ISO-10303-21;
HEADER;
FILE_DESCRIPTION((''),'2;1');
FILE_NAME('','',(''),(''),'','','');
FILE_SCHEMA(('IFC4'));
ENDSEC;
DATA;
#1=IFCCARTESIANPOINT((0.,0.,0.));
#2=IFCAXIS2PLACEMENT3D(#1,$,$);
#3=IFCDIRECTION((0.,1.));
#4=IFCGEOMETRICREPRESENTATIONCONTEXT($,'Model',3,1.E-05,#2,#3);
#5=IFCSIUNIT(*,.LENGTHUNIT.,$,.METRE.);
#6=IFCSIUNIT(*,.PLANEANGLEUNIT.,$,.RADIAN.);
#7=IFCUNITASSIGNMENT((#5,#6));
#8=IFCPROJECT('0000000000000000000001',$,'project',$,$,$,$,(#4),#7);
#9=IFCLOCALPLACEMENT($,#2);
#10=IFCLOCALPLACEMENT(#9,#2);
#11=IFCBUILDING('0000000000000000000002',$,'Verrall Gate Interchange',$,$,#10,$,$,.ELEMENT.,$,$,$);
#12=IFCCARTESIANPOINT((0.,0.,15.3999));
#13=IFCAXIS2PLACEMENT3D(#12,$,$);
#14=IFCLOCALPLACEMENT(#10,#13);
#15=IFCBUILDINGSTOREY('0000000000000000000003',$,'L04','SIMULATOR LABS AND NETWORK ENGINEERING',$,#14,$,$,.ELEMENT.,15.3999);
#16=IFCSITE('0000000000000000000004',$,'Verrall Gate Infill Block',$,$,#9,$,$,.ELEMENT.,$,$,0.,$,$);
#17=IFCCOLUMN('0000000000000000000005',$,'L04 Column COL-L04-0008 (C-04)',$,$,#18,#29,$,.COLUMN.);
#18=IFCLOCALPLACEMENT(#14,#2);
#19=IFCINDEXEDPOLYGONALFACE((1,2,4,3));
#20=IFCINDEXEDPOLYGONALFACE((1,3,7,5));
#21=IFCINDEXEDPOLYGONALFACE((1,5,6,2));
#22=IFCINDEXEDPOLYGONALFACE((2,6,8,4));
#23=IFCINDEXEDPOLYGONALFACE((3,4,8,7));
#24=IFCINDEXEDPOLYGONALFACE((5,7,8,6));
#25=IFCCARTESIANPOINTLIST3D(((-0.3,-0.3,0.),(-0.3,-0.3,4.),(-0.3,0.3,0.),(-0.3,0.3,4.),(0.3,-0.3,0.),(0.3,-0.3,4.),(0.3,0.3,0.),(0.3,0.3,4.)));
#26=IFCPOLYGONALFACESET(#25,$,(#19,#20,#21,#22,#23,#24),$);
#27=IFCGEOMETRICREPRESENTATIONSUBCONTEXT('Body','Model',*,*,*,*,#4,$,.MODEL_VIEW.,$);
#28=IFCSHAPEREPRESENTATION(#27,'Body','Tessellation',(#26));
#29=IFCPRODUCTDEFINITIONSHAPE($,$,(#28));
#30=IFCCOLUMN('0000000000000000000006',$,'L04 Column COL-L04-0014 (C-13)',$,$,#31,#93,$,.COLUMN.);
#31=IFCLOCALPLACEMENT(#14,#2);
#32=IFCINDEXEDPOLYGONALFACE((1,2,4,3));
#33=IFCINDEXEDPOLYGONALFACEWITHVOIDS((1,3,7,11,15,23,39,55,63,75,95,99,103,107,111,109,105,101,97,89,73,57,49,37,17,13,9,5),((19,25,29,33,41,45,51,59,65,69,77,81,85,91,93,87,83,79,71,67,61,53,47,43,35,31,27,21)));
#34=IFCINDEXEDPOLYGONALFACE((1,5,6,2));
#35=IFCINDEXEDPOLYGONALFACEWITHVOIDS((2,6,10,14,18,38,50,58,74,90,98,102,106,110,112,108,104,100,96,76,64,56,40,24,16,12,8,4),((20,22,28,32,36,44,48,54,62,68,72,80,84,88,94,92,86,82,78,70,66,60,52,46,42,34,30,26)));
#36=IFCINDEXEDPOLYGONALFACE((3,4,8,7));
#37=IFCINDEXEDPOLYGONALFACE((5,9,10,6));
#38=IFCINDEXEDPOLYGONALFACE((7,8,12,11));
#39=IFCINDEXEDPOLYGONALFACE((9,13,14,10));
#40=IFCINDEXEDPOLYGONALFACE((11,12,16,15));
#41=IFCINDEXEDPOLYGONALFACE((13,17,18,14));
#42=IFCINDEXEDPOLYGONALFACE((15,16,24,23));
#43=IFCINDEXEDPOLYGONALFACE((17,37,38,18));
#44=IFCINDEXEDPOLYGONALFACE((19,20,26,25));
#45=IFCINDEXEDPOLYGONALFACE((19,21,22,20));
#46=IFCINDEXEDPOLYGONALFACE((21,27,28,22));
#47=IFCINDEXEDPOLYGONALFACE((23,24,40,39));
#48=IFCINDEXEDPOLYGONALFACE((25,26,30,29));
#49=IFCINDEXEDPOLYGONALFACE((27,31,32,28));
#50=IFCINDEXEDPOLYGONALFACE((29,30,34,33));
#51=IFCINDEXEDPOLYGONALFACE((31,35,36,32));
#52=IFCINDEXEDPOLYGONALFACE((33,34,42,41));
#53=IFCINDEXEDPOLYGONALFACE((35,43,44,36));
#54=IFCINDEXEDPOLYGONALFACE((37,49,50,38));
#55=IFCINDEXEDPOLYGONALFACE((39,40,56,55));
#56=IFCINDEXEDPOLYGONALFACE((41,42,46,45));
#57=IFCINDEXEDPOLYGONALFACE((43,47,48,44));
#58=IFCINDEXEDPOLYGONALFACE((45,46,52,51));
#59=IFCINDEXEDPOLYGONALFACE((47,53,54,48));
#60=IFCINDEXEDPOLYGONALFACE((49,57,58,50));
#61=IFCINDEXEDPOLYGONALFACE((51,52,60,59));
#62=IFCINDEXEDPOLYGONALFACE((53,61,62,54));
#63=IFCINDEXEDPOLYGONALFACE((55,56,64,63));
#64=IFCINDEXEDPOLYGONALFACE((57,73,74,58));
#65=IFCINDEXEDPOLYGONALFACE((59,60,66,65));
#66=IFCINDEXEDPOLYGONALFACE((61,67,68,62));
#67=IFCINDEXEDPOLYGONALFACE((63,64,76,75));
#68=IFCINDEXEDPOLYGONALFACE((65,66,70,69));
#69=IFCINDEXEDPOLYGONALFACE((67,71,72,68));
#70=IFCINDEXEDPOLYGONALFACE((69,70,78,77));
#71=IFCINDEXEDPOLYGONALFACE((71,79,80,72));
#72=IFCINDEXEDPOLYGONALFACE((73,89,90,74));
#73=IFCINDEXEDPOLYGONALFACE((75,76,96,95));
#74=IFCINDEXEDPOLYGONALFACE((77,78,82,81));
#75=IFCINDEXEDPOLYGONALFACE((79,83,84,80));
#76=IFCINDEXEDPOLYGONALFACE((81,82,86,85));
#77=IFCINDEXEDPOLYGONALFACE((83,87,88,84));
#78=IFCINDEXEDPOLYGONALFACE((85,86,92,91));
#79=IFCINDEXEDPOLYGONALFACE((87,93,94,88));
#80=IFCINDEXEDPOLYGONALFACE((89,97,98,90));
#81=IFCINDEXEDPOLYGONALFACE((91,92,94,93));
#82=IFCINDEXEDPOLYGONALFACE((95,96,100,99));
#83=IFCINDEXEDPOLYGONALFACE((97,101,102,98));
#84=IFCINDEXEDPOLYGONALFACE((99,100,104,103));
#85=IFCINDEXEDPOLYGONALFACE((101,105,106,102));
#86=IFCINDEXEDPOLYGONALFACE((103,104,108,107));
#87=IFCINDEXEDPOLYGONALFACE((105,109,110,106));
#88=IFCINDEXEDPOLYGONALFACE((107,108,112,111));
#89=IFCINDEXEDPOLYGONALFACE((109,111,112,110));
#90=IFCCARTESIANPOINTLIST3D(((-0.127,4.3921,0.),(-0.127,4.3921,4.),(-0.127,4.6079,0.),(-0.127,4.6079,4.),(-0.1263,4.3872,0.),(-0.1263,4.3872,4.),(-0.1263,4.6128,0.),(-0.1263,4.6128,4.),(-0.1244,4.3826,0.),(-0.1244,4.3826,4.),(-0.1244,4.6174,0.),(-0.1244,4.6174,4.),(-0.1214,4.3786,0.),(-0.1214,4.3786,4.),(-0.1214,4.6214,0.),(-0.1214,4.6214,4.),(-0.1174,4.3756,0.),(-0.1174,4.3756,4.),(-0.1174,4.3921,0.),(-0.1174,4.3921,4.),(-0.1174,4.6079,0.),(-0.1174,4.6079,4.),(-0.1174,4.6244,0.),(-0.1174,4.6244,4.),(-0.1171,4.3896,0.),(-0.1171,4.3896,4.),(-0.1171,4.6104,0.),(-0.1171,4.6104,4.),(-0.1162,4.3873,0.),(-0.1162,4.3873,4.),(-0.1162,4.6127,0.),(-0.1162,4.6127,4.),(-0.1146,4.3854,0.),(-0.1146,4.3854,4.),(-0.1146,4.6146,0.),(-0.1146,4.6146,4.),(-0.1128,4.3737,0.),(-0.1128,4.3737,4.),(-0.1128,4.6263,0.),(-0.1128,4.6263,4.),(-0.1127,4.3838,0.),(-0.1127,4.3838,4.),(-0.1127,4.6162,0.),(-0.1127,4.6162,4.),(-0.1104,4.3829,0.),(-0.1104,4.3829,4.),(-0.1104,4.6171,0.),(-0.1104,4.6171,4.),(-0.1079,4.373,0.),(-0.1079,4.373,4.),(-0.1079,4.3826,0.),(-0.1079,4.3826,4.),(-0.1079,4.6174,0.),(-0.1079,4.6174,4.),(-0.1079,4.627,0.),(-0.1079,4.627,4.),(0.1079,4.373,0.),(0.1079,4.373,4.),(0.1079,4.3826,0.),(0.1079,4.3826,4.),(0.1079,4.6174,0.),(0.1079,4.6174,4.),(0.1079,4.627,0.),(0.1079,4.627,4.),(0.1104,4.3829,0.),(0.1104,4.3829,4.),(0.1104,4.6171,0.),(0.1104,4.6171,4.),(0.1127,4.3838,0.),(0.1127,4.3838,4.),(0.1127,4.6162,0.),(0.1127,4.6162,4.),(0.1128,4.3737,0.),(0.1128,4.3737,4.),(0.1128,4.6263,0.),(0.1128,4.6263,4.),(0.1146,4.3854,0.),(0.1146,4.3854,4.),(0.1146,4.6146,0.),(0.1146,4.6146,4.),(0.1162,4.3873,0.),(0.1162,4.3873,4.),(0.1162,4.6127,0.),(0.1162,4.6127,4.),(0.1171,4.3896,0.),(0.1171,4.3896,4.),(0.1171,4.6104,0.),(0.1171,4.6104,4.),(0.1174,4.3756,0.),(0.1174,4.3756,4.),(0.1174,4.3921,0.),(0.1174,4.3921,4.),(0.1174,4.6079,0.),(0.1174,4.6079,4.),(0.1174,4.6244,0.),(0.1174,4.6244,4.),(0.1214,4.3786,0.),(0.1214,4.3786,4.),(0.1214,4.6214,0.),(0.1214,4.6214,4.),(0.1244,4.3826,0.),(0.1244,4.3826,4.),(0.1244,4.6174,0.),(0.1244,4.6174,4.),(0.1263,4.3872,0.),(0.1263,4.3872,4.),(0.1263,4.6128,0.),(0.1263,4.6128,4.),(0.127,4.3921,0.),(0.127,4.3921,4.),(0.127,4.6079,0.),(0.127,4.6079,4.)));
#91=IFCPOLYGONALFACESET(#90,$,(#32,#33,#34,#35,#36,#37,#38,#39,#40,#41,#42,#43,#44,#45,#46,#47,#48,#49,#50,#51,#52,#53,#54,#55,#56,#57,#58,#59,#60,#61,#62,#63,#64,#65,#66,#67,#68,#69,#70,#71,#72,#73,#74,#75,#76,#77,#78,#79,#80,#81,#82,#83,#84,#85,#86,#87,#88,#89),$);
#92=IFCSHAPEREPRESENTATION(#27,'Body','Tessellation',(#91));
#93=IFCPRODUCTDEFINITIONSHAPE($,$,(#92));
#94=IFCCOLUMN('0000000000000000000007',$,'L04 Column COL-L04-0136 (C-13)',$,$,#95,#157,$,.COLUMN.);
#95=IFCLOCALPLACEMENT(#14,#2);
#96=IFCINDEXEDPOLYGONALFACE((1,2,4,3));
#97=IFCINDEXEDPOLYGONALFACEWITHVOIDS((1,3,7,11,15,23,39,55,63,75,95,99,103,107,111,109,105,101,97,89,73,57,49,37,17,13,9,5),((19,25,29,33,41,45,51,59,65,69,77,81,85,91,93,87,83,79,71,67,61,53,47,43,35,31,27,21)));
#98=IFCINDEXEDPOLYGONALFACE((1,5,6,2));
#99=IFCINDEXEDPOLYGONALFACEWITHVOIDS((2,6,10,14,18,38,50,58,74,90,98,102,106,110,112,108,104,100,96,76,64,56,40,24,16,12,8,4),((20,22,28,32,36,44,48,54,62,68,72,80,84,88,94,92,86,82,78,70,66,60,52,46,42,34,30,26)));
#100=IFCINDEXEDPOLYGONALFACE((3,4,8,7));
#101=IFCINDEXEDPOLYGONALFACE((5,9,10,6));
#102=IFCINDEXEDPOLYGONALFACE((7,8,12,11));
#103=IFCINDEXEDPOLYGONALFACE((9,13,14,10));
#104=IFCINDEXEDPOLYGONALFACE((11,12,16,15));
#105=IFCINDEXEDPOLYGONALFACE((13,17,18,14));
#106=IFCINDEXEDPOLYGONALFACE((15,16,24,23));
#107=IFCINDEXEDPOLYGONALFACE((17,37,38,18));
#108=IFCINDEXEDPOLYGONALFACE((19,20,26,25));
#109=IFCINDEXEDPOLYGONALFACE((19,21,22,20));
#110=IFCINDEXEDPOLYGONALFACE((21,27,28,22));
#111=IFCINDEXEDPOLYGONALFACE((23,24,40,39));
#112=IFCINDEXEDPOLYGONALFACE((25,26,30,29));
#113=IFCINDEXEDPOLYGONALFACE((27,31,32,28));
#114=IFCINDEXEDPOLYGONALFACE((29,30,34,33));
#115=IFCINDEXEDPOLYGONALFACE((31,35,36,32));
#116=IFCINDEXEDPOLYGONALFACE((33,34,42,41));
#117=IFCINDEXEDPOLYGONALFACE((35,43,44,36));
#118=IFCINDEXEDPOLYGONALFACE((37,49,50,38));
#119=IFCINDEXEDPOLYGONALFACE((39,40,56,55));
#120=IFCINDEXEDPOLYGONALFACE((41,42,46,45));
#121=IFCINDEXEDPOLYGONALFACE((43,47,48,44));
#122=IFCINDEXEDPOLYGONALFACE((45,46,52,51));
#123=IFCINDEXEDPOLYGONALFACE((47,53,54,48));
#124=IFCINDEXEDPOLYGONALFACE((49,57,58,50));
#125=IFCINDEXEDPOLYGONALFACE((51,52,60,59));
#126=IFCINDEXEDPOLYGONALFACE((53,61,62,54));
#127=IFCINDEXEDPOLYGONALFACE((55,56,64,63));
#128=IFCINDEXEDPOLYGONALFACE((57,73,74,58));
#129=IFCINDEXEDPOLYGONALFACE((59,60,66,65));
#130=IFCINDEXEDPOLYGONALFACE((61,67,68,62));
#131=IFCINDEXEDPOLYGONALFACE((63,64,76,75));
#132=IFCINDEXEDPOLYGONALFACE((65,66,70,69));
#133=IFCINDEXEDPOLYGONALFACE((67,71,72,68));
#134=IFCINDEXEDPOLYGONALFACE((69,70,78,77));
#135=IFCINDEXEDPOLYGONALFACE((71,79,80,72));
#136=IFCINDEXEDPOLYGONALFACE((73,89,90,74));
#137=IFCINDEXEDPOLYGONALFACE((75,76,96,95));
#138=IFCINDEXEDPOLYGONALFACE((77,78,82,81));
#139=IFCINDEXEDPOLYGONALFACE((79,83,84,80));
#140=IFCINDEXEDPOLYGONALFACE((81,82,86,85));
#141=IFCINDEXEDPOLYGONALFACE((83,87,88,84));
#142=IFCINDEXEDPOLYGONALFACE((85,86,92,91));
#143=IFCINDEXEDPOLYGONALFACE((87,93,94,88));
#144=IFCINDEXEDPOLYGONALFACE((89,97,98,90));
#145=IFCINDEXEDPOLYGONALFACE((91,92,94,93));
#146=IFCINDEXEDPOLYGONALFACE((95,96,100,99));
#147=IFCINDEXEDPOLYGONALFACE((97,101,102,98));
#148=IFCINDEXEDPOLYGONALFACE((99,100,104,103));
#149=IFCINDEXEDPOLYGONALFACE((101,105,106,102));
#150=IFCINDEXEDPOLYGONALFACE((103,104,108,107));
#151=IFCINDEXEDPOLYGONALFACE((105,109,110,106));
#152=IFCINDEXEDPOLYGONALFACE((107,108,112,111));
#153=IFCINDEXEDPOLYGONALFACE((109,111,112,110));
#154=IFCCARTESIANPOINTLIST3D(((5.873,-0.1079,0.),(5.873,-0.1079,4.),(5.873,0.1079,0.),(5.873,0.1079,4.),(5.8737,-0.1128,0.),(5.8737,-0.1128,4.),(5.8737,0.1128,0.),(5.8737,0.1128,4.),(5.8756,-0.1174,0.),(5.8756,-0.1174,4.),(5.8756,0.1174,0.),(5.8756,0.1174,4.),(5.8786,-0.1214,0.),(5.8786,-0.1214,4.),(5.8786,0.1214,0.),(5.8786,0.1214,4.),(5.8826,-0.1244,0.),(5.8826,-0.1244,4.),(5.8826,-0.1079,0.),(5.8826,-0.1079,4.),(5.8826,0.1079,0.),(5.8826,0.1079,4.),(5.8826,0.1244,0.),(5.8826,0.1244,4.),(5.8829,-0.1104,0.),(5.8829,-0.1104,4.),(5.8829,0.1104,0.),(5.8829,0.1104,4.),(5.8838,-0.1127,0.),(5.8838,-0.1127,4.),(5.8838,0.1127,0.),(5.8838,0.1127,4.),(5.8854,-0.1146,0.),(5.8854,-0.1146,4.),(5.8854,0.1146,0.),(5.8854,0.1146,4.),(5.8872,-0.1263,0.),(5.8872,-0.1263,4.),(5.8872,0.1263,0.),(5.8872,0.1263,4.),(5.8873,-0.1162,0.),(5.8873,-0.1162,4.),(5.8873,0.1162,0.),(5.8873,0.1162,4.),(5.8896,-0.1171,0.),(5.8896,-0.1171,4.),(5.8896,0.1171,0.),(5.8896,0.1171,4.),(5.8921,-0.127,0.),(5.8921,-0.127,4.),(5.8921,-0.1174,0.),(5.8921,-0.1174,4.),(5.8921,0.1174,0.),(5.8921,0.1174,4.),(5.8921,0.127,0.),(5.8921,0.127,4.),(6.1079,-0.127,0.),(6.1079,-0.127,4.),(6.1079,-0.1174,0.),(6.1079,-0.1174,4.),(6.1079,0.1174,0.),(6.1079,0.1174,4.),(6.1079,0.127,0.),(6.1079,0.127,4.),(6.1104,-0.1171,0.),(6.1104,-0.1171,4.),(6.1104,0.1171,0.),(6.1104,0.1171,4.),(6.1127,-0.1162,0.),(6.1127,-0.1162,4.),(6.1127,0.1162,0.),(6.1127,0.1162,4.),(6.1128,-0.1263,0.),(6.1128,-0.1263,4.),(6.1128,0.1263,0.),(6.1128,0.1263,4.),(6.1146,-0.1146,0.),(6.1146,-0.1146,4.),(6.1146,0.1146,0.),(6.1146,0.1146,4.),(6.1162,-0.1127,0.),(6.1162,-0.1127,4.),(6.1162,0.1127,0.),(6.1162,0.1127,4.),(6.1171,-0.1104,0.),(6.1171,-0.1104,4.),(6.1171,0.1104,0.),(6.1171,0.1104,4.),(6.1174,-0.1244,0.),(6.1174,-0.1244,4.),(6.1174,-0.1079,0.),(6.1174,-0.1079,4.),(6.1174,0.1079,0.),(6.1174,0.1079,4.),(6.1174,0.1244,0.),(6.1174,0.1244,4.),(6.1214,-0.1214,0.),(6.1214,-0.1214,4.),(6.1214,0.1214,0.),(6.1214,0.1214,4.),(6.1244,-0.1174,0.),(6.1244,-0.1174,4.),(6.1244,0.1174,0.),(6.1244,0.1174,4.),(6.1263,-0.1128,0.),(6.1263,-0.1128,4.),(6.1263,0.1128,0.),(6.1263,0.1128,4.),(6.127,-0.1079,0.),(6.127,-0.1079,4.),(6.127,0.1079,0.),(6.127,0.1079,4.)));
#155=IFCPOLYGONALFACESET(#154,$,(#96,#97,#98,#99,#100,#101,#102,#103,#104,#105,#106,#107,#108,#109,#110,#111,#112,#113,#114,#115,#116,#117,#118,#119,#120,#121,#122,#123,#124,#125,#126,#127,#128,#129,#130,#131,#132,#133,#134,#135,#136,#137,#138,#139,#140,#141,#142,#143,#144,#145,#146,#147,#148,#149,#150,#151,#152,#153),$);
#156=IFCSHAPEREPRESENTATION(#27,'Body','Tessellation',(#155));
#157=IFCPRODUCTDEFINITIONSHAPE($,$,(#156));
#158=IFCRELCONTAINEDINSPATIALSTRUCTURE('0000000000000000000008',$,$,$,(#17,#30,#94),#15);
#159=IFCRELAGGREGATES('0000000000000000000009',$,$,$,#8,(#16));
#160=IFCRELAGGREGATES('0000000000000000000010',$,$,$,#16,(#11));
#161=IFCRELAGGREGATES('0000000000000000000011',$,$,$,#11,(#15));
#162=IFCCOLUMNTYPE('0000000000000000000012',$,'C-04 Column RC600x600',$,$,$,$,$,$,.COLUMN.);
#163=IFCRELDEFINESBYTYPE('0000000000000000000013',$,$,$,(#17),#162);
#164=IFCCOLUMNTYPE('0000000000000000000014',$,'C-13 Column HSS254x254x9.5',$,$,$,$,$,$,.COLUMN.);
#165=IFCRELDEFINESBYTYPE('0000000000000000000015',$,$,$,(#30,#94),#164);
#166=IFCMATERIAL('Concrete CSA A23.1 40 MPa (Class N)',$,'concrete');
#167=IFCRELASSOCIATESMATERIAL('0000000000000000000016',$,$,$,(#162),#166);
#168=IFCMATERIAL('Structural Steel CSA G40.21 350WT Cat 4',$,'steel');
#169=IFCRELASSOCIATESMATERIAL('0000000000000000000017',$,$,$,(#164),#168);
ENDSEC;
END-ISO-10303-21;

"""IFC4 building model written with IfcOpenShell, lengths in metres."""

from ifc_helpers import new_model, si_unit, direction, frame, origin, origin_with_axes, origin_2d, place, context, subcontext, project, spatial, rectangle, hollow_rectangle, extrude, material, material_profile, profile_set, type_object, element, save


model = new_model("IFC4")

# Units and contexts
model_context = context("Model", 3, precision=1e-05, world=origin(), true_north=direction((0.0, 1.0)))
body_context = subcontext(model_context, "Body", "Model", "MODEL_VIEW")
ifc_project = project(units=[si_unit("LENGTHUNIT", "METRE"), si_unit("PLANEANGLEUNIT", "RADIAN")], contexts=[model_context])

# Site, building, storey
site_placement = place(None, origin())
site = spatial("IfcSite", under=ifc_project, at=site_placement, Name="Verrall Gate Infill Block", CompositionType="ELEMENT", RefElevation=0.0)
building_placement = place(site_placement, origin())
building = spatial("IfcBuilding", under=site, at=building_placement, Name="Verrall Gate Interchange", CompositionType="ELEMENT")
storey_placement = place(building_placement, frame((0.0, 0.0, 15.3999)))
storey = spatial("IfcBuildingStorey", under=building, at=storey_placement, Name="L04", Description="SIMULATOR LABS AND NETWORK ENGINEERING", CompositionType="ELEMENT", Elevation=15.3999)

# Columns
ifc_material_1 = material(Name="Concrete CSA A23.1 40 MPa (Class N)", Category="concrete")
ifc_material_profile_1 = material_profile(ifc_material_1, rectangle(XDim=0.6001, YDim=0.6001, at=origin_2d()), Name="RC600x600")
ifc_profile_set_1 = profile_set([ifc_material_profile_1], Name="Concrete CSA A23.1 40 MPa (Class N)")
column_type_1 = type_object("IfcColumnType", Name="C-04 Column RC600x600", PredefinedType="COLUMN", material=ifc_profile_set_1)
column_placement = place(storey_placement, origin_with_axes())
element("IfcColumn", 1, at=column_placement, inside=storey, type_object=column_type_1, Name="L04 Column COL-L04-0008 (C-04)", PredefinedType="COLUMN", context=body_context, shape_type="SweptSolid", body=[
    extrude(rectangle(XDim=0.6001, YDim=0.6001, at=origin_2d()), origin(), (0.0, 0.0, 1.0), 4.0),
])
ifc_material_2 = material(Name="Structural Steel CSA G40.21 350WT Cat 4", Category="steel")
ifc_material_profile_2 = material_profile(ifc_material_2, hollow_rectangle(XDim=0.2539, YDim=0.2539, WallThickness=0.0095, InnerFilletRadius=0.0095, OuterFilletRadius=0.019, at=origin_2d()), Name="HSS254x254x9.5")
ifc_profile_set_2 = profile_set([ifc_material_profile_2], Name="Structural Steel CSA G40.21 350WT Cat 4")
column_type_2 = type_object("IfcColumnType", Name="C-13 Column HSS254x254x9.5", PredefinedType="COLUMN", material=ifc_profile_set_2)
for number, where, z_axis, x_axis, name in (
    (2, (0.0, 4.5, 0.0), (0.0, 0.0, 1.0), (1.0, 0.0, 0.0), "L04 Column COL-L04-0014 (C-13)"),
    (3, (6.0, 0.0, 0.0), (0.0, 0.0, 1.0), (1.0, 0.0, 0.0), "L04 Column COL-L04-0136 (C-13)"),
):
    element("IfcColumn", number, at=place(storey_placement, frame(where, z_axis=z_axis, x_axis=x_axis)), inside=storey, type_object=column_type_2, Name=name, PredefinedType="COLUMN", context=body_context, shape_type="SweptSolid", body=[
        extrude(hollow_rectangle(XDim=0.2539, YDim=0.2539, WallThickness=0.0095, InnerFilletRadius=0.0095, OuterFilletRadius=0.019, at=origin_2d()), origin(), (0.0, 0.0, 1.0), 4.0),
    ])

save(model, "model.ifc")
